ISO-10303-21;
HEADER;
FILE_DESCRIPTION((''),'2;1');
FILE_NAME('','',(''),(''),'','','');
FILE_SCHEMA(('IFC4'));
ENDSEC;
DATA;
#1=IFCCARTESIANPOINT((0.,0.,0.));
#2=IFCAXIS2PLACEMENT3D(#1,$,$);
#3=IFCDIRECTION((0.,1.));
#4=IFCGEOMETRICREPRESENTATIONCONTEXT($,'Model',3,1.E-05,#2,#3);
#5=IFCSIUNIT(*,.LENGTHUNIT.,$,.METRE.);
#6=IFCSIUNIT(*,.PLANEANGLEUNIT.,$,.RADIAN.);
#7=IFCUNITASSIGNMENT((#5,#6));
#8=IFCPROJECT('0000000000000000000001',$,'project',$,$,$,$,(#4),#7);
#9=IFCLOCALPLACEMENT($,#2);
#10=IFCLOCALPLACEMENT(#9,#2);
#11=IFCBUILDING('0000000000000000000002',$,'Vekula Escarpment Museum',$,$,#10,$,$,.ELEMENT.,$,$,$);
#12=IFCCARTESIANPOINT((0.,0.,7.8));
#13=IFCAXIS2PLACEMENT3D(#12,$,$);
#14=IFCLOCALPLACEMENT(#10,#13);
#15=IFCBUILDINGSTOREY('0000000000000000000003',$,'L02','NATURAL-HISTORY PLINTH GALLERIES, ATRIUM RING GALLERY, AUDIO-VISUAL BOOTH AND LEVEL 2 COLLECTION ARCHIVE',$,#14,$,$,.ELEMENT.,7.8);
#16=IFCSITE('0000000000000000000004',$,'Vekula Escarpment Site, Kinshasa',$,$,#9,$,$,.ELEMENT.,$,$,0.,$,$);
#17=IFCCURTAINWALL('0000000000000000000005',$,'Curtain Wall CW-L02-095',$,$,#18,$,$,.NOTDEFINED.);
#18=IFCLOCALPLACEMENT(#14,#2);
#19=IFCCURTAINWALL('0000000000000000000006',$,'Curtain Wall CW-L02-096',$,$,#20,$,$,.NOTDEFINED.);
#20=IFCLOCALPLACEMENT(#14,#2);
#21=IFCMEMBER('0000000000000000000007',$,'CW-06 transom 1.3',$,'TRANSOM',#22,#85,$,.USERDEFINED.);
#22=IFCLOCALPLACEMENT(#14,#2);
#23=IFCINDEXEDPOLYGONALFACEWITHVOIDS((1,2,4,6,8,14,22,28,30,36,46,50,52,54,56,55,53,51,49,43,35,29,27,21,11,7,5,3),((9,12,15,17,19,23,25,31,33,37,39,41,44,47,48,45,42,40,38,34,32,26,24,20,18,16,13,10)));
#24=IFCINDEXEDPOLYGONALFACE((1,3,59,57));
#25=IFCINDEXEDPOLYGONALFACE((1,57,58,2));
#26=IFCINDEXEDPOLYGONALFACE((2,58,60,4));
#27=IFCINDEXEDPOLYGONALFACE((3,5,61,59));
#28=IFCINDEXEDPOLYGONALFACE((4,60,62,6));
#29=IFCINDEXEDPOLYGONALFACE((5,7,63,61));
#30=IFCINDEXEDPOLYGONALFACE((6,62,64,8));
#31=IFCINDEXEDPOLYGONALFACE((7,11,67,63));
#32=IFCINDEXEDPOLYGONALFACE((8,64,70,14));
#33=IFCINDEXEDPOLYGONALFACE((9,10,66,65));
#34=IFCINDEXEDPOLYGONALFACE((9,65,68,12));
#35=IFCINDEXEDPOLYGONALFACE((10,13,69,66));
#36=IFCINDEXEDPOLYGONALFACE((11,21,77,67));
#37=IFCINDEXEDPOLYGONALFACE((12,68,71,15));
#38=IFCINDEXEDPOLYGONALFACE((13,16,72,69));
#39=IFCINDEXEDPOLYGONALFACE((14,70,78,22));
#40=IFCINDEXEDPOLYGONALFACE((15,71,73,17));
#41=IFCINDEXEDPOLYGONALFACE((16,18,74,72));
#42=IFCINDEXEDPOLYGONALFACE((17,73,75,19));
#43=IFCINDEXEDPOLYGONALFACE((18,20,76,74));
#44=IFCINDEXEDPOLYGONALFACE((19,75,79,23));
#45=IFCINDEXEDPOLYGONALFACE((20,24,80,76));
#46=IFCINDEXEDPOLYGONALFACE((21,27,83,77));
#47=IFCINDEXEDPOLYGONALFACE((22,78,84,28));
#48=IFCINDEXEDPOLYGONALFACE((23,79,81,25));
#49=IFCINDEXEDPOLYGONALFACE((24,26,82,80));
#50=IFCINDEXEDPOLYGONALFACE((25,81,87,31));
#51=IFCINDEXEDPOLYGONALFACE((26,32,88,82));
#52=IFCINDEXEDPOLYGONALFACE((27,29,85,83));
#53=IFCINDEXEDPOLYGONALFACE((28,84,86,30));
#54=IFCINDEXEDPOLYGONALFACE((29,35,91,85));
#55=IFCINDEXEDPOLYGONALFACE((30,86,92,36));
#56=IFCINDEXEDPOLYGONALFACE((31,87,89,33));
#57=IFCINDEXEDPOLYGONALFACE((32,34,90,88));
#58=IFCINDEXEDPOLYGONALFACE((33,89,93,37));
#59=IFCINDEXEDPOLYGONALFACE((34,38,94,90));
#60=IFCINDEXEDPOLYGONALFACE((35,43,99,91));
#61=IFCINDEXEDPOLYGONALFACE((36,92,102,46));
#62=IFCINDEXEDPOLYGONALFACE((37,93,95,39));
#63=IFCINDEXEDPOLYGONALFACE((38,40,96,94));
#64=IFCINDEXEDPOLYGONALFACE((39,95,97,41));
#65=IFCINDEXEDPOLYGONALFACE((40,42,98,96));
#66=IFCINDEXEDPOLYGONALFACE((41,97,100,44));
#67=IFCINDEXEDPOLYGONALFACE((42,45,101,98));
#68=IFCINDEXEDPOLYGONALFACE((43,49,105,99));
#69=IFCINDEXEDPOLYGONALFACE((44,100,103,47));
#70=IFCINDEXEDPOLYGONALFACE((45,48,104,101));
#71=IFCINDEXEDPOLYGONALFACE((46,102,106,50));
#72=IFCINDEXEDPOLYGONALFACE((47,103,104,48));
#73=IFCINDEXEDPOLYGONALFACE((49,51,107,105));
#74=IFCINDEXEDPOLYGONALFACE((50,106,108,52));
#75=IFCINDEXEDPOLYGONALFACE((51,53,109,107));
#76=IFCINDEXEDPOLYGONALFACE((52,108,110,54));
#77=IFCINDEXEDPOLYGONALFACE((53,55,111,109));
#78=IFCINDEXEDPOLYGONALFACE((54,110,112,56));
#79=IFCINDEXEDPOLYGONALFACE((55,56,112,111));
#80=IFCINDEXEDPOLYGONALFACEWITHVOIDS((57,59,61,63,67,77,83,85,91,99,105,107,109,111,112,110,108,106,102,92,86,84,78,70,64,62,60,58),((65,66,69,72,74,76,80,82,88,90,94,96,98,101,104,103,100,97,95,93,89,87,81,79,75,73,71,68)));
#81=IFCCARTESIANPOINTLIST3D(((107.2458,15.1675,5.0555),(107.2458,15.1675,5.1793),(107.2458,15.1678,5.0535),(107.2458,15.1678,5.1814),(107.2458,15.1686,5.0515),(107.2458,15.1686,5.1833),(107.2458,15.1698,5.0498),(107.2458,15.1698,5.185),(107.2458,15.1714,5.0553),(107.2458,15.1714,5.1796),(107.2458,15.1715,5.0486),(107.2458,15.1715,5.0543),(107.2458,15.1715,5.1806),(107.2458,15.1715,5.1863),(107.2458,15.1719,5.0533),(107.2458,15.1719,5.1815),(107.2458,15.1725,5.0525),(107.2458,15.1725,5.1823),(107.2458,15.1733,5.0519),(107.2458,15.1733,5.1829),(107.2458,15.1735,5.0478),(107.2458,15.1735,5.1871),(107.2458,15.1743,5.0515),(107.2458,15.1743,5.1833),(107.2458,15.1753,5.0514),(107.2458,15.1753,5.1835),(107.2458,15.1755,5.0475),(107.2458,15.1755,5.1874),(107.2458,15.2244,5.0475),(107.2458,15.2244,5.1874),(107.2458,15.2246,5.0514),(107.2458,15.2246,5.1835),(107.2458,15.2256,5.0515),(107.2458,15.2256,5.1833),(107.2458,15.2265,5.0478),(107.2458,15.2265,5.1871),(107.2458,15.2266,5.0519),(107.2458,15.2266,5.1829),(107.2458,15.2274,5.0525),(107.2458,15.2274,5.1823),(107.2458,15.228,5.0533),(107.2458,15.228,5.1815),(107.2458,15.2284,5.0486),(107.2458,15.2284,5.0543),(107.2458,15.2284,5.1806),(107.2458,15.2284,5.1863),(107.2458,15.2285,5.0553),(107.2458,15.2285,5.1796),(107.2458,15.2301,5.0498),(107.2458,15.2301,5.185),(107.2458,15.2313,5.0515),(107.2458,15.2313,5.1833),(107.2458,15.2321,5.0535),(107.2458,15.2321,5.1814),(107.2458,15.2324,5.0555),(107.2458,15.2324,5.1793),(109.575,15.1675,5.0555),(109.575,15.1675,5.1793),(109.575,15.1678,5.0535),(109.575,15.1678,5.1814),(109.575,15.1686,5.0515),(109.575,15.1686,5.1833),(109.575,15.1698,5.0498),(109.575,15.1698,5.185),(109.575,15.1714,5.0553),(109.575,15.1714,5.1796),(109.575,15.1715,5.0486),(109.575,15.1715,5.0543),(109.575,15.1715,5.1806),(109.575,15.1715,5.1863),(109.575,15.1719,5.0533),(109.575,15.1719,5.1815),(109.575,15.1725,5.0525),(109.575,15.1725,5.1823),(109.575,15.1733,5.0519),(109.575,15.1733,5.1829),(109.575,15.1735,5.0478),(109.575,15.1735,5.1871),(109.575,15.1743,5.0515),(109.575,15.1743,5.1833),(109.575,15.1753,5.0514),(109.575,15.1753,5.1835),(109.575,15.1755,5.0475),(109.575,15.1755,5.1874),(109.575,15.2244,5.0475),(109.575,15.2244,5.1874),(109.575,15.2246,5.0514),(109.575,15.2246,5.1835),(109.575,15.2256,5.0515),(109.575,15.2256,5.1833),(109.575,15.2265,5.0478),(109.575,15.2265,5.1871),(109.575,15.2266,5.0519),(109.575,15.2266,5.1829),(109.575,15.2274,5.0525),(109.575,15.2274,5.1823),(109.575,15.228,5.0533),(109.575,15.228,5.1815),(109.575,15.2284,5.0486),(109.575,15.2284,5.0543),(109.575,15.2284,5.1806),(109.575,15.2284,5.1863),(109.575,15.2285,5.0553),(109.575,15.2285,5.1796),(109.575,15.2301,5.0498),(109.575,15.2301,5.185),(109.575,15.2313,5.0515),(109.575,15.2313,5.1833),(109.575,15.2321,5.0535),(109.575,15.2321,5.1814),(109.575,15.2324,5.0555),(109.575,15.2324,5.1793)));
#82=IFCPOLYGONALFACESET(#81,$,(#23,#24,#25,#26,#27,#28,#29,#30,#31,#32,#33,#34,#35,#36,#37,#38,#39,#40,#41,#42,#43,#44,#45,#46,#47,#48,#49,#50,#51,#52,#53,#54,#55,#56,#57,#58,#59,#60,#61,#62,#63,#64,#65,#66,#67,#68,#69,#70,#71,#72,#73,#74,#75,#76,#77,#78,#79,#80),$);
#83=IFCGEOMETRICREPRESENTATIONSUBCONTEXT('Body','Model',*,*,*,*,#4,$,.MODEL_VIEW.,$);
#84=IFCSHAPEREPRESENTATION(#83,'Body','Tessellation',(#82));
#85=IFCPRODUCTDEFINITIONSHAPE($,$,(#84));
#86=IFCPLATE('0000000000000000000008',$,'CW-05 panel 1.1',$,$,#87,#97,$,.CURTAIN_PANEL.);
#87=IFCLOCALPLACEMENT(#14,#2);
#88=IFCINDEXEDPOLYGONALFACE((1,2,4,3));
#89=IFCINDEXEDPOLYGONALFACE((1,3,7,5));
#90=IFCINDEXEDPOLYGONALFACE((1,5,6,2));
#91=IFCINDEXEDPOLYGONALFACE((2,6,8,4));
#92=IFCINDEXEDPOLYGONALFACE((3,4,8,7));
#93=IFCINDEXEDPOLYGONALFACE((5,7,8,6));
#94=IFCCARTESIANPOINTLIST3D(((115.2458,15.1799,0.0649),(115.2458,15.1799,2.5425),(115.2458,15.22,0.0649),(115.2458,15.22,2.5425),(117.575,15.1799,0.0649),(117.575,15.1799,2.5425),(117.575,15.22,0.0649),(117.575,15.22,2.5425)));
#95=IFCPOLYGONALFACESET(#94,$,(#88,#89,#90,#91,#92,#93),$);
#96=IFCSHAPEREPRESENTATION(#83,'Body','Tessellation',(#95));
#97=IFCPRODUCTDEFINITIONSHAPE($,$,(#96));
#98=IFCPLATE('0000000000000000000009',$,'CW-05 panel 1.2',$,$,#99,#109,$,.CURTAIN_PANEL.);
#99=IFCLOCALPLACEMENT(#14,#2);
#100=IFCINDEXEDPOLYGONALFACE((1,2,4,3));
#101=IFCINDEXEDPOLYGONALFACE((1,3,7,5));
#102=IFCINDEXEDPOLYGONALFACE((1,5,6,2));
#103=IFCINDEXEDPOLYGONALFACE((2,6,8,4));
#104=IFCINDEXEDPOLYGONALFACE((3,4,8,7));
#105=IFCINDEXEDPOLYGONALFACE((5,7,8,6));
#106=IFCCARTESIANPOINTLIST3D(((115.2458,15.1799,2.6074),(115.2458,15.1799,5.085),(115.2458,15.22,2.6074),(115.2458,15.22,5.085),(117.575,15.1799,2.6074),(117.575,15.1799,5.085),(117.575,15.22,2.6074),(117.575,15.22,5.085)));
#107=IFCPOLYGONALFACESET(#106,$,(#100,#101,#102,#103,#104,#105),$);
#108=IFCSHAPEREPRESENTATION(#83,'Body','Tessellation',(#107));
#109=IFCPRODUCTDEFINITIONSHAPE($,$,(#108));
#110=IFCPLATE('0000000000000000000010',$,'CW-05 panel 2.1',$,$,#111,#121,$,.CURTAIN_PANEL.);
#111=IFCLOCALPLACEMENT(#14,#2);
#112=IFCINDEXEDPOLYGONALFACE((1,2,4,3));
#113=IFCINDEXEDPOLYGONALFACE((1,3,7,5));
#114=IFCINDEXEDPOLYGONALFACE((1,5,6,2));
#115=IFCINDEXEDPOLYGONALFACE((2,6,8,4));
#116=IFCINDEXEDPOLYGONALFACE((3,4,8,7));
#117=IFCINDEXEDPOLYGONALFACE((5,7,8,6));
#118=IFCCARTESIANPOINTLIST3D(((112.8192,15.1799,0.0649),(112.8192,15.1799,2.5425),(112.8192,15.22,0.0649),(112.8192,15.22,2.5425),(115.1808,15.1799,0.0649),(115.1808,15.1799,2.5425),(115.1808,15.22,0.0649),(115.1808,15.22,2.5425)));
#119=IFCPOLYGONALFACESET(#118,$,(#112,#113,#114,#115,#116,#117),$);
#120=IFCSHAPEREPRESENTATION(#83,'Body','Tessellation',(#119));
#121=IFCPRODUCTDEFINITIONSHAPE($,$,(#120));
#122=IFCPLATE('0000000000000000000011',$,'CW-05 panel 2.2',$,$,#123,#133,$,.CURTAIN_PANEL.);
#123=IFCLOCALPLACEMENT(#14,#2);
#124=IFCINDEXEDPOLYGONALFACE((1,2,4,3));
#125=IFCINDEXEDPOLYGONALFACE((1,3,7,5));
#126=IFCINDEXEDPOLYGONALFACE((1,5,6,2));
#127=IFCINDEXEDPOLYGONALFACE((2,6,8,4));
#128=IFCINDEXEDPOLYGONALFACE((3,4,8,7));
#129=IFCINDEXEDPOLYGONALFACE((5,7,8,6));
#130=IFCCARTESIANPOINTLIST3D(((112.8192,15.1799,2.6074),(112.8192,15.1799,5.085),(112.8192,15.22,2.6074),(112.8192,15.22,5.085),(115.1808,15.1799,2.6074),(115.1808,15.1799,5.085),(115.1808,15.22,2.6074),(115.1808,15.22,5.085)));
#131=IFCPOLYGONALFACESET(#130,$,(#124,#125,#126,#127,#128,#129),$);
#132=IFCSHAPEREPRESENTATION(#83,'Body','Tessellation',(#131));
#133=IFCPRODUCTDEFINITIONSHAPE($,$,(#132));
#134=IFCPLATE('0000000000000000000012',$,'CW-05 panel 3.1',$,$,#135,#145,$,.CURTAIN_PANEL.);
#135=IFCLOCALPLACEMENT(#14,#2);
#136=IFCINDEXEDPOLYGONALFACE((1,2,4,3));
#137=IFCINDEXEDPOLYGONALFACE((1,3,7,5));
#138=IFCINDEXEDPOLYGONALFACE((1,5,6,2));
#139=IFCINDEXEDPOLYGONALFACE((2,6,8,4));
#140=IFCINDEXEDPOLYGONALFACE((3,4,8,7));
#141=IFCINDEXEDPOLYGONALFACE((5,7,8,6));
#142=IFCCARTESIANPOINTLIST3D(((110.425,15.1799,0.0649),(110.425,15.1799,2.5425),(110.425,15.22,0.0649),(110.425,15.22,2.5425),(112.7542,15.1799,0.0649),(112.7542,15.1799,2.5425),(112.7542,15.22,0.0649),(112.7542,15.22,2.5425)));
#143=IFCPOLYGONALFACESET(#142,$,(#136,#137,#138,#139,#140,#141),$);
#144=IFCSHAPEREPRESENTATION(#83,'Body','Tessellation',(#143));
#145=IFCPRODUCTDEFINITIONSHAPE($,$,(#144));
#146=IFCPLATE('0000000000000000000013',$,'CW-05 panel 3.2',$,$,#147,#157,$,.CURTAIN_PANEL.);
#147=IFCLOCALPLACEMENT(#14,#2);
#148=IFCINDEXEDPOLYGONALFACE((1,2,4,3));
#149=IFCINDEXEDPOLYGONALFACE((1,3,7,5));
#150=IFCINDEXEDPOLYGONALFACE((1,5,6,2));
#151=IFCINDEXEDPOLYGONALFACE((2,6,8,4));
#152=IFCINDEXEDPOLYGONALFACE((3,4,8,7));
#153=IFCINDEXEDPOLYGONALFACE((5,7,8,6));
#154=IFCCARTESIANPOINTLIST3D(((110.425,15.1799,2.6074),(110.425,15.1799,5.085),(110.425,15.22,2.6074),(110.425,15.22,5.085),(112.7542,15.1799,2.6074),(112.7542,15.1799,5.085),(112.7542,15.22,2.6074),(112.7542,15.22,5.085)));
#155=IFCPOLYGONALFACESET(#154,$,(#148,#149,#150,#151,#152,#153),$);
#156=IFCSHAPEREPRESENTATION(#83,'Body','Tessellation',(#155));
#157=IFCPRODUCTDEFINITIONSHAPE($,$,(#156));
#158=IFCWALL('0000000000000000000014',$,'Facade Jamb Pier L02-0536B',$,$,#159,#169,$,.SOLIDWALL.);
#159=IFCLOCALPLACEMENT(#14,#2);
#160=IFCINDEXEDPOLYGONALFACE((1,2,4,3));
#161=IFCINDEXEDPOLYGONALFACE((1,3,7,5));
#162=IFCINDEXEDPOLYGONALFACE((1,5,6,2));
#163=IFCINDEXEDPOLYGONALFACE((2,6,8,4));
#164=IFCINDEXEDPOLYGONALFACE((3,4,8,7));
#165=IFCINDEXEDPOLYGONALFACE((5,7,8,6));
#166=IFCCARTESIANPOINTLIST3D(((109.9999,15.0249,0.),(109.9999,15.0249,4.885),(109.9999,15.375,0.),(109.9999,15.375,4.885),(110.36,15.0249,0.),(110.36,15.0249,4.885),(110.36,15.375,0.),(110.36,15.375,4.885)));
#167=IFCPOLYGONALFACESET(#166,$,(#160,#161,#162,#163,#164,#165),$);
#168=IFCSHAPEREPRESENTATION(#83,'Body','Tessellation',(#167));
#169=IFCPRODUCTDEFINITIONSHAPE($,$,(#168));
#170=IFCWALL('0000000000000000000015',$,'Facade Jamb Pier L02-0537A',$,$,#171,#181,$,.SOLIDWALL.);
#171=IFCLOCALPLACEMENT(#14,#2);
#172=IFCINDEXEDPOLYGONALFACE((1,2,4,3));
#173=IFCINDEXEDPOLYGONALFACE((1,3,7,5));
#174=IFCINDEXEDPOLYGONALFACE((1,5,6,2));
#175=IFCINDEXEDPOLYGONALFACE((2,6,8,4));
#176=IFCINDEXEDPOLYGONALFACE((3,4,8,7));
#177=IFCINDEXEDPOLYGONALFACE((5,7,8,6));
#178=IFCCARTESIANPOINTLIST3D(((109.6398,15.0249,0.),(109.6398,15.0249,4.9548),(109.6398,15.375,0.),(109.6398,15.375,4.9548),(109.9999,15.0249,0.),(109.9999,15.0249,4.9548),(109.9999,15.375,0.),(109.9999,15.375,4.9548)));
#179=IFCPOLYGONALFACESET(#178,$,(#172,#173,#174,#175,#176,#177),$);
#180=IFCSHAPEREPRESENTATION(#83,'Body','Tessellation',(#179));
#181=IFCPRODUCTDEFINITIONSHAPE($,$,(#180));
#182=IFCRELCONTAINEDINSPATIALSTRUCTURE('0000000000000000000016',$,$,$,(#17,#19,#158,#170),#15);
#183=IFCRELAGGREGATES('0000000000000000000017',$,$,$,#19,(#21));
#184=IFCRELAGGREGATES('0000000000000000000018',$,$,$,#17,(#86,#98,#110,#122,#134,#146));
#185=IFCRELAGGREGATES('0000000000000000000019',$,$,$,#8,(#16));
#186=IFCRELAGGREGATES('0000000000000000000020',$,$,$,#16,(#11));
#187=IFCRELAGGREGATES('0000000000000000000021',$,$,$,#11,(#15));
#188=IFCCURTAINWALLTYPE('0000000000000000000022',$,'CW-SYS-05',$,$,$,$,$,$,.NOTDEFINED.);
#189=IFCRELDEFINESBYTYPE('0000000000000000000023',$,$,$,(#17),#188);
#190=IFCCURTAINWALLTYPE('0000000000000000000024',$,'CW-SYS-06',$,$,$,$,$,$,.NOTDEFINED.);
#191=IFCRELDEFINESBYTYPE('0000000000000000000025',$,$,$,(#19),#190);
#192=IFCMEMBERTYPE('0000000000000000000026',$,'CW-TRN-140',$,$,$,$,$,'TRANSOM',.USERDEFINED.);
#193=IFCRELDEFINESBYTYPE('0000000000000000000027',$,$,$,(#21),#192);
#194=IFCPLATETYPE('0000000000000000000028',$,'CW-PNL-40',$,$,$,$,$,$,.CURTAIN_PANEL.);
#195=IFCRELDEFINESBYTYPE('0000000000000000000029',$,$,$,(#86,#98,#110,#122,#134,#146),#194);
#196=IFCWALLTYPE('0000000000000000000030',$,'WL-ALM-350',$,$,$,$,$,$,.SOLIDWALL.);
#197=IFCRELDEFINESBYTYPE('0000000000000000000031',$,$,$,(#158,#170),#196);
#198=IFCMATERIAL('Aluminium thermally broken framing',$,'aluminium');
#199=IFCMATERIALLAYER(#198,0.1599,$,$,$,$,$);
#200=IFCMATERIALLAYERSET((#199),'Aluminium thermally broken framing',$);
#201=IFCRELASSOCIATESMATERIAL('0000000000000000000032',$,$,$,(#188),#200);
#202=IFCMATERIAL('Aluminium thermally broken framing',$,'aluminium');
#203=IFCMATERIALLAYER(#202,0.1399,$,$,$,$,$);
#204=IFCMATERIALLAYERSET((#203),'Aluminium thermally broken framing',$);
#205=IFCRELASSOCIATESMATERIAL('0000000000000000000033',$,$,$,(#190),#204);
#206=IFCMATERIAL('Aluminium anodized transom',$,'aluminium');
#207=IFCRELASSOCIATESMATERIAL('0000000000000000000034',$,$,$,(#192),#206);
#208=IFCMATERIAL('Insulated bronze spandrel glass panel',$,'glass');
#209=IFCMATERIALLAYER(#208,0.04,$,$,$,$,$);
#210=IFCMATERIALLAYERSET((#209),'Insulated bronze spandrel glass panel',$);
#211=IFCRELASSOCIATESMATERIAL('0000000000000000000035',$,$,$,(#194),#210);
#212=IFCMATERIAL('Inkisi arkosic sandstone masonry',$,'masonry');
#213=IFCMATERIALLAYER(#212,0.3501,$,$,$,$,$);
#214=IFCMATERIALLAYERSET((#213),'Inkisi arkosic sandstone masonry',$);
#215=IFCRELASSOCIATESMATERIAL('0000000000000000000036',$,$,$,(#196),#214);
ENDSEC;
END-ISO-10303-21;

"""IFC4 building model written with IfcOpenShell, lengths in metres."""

from ifc_helpers import new_model, si_unit, direction, frame, frame_2d, origin, origin_2d, place, context, subcontext, project, spatial, rectangle, hollow_rectangle, extrude, material, layer, layer_set, material_profile, profile_set, type_object, element, aggregate, save


model = new_model("IFC4")

# Units and contexts
model_context = context("Model", 3, precision=1e-05, world=origin(), true_north=direction((0.0, 1.0)))
body_context = subcontext(model_context, "Body", "Model", "MODEL_VIEW")
ifc_project = project(units=[si_unit("LENGTHUNIT", "METRE"), si_unit("PLANEANGLEUNIT", "RADIAN")], contexts=[model_context])

# Site, building, storey
site_placement = place(None, origin())
site = spatial("IfcSite", under=ifc_project, at=site_placement, Name="Vekula Escarpment Site, Kinshasa", CompositionType="ELEMENT", RefElevation=0.0)
building_placement = place(site_placement, origin())
building = spatial("IfcBuilding", under=site, at=building_placement, Name="Vekula Escarpment Museum", CompositionType="ELEMENT")
storey_placement = place(building_placement, frame((0.0, 0.0, 7.8)))
storey = spatial("IfcBuildingStorey", under=building, at=storey_placement, Name="L02", Description="NATURAL-HISTORY PLINTH GALLERIES, ATRIUM RING GALLERY, AUDIO-VISUAL BOOTH AND LEVEL 2 COLLECTION ARCHIVE", CompositionType="ELEMENT", Elevation=7.8)

# Curtain wall
ifc_material_1 = material(Name="Aluminium thermally broken framing", Category="aluminium")
ifc_layer_1 = layer(ifc_material_1, 0.1599)
ifc_layer_set_1 = layer_set([ifc_layer_1], Name="Aluminium thermally broken framing")
curtain_wall_type_1 = type_object("IfcCurtainWallType", Name="CW-SYS-05", PredefinedType="NOTDEFINED", material=ifc_layer_set_1)
curtain_wall_1_placement = place(storey_placement, origin())
curtain_wall_1 = element("IfcCurtainWall", 1, at=curtain_wall_1_placement, inside=storey, type_object=curtain_wall_type_1, Name="Curtain Wall CW-L02-095", PredefinedType="NOTDEFINED")

# Curtain wall
ifc_material_2 = material(Name="Aluminium thermally broken framing", Category="aluminium")
ifc_layer_2 = layer(ifc_material_2, 0.1399)
ifc_layer_set_2 = layer_set([ifc_layer_2], Name="Aluminium thermally broken framing")
curtain_wall_type_2 = type_object("IfcCurtainWallType", Name="CW-SYS-06", PredefinedType="NOTDEFINED", material=ifc_layer_set_2)
curtain_wall_2_placement = place(storey_placement, origin())
curtain_wall_2 = element("IfcCurtainWall", 2, at=curtain_wall_2_placement, inside=storey, type_object=curtain_wall_type_2, Name="Curtain Wall CW-L02-096", PredefinedType="NOTDEFINED")

# Member
ifc_material_3 = material(Name="Aluminium anodized transom", Category="aluminium")
ifc_material_profile_1 = material_profile(ifc_material_3, hollow_rectangle(XDim=0.0649, YDim=0.1399, WallThickness=0.0039, InnerFilletRadius=0.0039, OuterFilletRadius=0.0081, at=origin_2d()), Name="ALU 140x65x4")
ifc_profile_set_1 = profile_set([ifc_material_profile_1], Name="Aluminium anodized transom")
member_type_1 = type_object("IfcMemberType", Name="CW-TRN-140", ElementType="TRANSOM", PredefinedType="USERDEFINED", material=ifc_profile_set_1)
member_1_placement = place(storey_placement, frame((109.575, 15.2, 5.1174), z_axis=(-1.0, 0.0, 0.0), x_axis=(0.0, -1.0, 0.0)))
member_1 = element("IfcMember", 3, at=member_1_placement, type_object=member_type_1, Name="CW-06 transom 1.3", ObjectType="TRANSOM", PredefinedType="USERDEFINED", context=body_context, shape_type="SweptSolid", body=[
    extrude(hollow_rectangle(XDim=0.0649, YDim=0.1399, WallThickness=0.0039, InnerFilletRadius=0.0039, OuterFilletRadius=0.0081, at=origin_2d()), origin(), (0.0, 0.0, 1.0), 2.3291),
])
aggregate(curtain_wall_2, [member_1])

# Plates
ifc_material_4 = material(Name="Insulated bronze spandrel glass panel", Category="glass")
ifc_layer_3 = layer(ifc_material_4, 0.04)
ifc_layer_set_3 = layer_set([ifc_layer_3], Name="Insulated bronze spandrel glass panel")
plate_type = type_object("IfcPlateType", Name="CW-PNL-40", PredefinedType="CURTAIN_PANEL", material=ifc_layer_set_3)
plate_1_placement = place(storey_placement, frame((116.4104, 15.2, 0.0649), z_axis=(0.0, 0.0, 1.0), x_axis=(-1.0, 0.0, 0.0)))
plate_1 = element("IfcPlate", 4, at=plate_1_placement, type_object=plate_type, Name="CW-05 panel 1.1", PredefinedType="CURTAIN_PANEL", context=body_context, shape_type="SweptSolid", body=[
    extrude(rectangle(XDim=2.3291, YDim=0.04, at=origin_2d()), origin(), (0.0, 0.0, 1.0), 2.4775),
])
plate_2_placement = place(storey_placement, frame((116.4104, 15.2, 2.6074), z_axis=(0.0, 0.0, 1.0), x_axis=(-1.0, 0.0, 0.0)))
plate_2 = element("IfcPlate", 5, at=plate_2_placement, type_object=plate_type, Name="CW-05 panel 1.2", PredefinedType="CURTAIN_PANEL", context=body_context, shape_type="SweptSolid", body=[
    extrude(rectangle(XDim=2.3291, YDim=0.04, at=origin_2d()), origin(), (0.0, 0.0, 1.0), 2.4775),
])
plate_3_placement = place(storey_placement, frame((114.0, 15.2, 0.0649), z_axis=(0.0, 0.0, 1.0), x_axis=(-1.0, 0.0, 0.0)))
plate_3 = element("IfcPlate", 6, at=plate_3_placement, type_object=plate_type, Name="CW-05 panel 2.1", PredefinedType="CURTAIN_PANEL", context=body_context, shape_type="SweptSolid", body=[
    extrude(rectangle(XDim=2.3616, YDim=0.04, at=origin_2d()), origin(), (0.0, 0.0, 1.0), 2.4775),
])
plate_4_placement = place(storey_placement, frame((114.0, 15.2, 2.6074), z_axis=(0.0, 0.0, 1.0), x_axis=(-1.0, 0.0, 0.0)))
plate_4 = element("IfcPlate", 7, at=plate_4_placement, type_object=plate_type, Name="CW-05 panel 2.2", PredefinedType="CURTAIN_PANEL", context=body_context, shape_type="SweptSolid", body=[
    extrude(rectangle(XDim=2.3616, YDim=0.04, at=origin_2d()), origin(), (0.0, 0.0, 1.0), 2.4775),
])
plate_5_placement = place(storey_placement, frame((111.5896, 15.2, 0.0649), z_axis=(0.0, 0.0, 1.0), x_axis=(-1.0, 0.0, 0.0)))
plate_5 = element("IfcPlate", 8, at=plate_5_placement, type_object=plate_type, Name="CW-05 panel 3.1", PredefinedType="CURTAIN_PANEL", context=body_context, shape_type="SweptSolid", body=[
    extrude(rectangle(XDim=2.3291, YDim=0.04, at=origin_2d()), origin(), (0.0, 0.0, 1.0), 2.4775),
])
plate_6_placement = place(storey_placement, frame((111.5896, 15.2, 2.6074), z_axis=(0.0, 0.0, 1.0), x_axis=(-1.0, 0.0, 0.0)))
plate_6 = element("IfcPlate", 9, at=plate_6_placement, type_object=plate_type, Name="CW-05 panel 3.2", PredefinedType="CURTAIN_PANEL", context=body_context, shape_type="SweptSolid", body=[
    extrude(rectangle(XDim=2.3291, YDim=0.04, at=origin_2d()), origin(), (0.0, 0.0, 1.0), 2.4775),
])
aggregate(curtain_wall_1, [plate_1, plate_2, plate_3, plate_4, plate_5, plate_6])

# Walls
ifc_material_5 = material(Name="Inkisi arkosic sandstone masonry", Category="masonry")
ifc_layer_4 = layer(ifc_material_5, 0.3501)
ifc_layer_set_4 = layer_set([ifc_layer_4], Name="Inkisi arkosic sandstone masonry")
wall_type = type_object("IfcWallType", Name="WL-ALM-350", PredefinedType="SOLIDWALL", material=ifc_layer_set_4)
wall_1_placement = place(storey_placement, frame((110.3601, 15.2, 0.0), z_axis=(0.0, 0.0, 1.0), x_axis=(-1.0, 0.0, 0.0)))
element("IfcWall", 10, at=wall_1_placement, inside=storey, type_object=wall_type, Name="Facade Jamb Pier L02-0536B", PredefinedType="SOLIDWALL", context=body_context, shape_type="SweptSolid", body=[
    extrude(rectangle(XDim=0.3601, YDim=0.3501, at=frame_2d((0.1802, 0.0))), origin(), (0.0, 0.0, 1.0), 4.885),
])
wall_2_placement = place(storey_placement, frame((110.0, 15.2, 0.0), z_axis=(0.0, 0.0, 1.0), x_axis=(-1.0, 0.0, 0.0)))
element("IfcWall", 11, at=wall_2_placement, inside=storey, type_object=wall_type, Name="Facade Jamb Pier L02-0537A", PredefinedType="SOLIDWALL", context=body_context, shape_type="SweptSolid", body=[
    extrude(rectangle(XDim=0.3601, YDim=0.3501, at=frame_2d((0.1802, 0.0))), origin(), (0.0, 0.0, 1.0), 4.9548),
])

save(model, "model.ifc")
